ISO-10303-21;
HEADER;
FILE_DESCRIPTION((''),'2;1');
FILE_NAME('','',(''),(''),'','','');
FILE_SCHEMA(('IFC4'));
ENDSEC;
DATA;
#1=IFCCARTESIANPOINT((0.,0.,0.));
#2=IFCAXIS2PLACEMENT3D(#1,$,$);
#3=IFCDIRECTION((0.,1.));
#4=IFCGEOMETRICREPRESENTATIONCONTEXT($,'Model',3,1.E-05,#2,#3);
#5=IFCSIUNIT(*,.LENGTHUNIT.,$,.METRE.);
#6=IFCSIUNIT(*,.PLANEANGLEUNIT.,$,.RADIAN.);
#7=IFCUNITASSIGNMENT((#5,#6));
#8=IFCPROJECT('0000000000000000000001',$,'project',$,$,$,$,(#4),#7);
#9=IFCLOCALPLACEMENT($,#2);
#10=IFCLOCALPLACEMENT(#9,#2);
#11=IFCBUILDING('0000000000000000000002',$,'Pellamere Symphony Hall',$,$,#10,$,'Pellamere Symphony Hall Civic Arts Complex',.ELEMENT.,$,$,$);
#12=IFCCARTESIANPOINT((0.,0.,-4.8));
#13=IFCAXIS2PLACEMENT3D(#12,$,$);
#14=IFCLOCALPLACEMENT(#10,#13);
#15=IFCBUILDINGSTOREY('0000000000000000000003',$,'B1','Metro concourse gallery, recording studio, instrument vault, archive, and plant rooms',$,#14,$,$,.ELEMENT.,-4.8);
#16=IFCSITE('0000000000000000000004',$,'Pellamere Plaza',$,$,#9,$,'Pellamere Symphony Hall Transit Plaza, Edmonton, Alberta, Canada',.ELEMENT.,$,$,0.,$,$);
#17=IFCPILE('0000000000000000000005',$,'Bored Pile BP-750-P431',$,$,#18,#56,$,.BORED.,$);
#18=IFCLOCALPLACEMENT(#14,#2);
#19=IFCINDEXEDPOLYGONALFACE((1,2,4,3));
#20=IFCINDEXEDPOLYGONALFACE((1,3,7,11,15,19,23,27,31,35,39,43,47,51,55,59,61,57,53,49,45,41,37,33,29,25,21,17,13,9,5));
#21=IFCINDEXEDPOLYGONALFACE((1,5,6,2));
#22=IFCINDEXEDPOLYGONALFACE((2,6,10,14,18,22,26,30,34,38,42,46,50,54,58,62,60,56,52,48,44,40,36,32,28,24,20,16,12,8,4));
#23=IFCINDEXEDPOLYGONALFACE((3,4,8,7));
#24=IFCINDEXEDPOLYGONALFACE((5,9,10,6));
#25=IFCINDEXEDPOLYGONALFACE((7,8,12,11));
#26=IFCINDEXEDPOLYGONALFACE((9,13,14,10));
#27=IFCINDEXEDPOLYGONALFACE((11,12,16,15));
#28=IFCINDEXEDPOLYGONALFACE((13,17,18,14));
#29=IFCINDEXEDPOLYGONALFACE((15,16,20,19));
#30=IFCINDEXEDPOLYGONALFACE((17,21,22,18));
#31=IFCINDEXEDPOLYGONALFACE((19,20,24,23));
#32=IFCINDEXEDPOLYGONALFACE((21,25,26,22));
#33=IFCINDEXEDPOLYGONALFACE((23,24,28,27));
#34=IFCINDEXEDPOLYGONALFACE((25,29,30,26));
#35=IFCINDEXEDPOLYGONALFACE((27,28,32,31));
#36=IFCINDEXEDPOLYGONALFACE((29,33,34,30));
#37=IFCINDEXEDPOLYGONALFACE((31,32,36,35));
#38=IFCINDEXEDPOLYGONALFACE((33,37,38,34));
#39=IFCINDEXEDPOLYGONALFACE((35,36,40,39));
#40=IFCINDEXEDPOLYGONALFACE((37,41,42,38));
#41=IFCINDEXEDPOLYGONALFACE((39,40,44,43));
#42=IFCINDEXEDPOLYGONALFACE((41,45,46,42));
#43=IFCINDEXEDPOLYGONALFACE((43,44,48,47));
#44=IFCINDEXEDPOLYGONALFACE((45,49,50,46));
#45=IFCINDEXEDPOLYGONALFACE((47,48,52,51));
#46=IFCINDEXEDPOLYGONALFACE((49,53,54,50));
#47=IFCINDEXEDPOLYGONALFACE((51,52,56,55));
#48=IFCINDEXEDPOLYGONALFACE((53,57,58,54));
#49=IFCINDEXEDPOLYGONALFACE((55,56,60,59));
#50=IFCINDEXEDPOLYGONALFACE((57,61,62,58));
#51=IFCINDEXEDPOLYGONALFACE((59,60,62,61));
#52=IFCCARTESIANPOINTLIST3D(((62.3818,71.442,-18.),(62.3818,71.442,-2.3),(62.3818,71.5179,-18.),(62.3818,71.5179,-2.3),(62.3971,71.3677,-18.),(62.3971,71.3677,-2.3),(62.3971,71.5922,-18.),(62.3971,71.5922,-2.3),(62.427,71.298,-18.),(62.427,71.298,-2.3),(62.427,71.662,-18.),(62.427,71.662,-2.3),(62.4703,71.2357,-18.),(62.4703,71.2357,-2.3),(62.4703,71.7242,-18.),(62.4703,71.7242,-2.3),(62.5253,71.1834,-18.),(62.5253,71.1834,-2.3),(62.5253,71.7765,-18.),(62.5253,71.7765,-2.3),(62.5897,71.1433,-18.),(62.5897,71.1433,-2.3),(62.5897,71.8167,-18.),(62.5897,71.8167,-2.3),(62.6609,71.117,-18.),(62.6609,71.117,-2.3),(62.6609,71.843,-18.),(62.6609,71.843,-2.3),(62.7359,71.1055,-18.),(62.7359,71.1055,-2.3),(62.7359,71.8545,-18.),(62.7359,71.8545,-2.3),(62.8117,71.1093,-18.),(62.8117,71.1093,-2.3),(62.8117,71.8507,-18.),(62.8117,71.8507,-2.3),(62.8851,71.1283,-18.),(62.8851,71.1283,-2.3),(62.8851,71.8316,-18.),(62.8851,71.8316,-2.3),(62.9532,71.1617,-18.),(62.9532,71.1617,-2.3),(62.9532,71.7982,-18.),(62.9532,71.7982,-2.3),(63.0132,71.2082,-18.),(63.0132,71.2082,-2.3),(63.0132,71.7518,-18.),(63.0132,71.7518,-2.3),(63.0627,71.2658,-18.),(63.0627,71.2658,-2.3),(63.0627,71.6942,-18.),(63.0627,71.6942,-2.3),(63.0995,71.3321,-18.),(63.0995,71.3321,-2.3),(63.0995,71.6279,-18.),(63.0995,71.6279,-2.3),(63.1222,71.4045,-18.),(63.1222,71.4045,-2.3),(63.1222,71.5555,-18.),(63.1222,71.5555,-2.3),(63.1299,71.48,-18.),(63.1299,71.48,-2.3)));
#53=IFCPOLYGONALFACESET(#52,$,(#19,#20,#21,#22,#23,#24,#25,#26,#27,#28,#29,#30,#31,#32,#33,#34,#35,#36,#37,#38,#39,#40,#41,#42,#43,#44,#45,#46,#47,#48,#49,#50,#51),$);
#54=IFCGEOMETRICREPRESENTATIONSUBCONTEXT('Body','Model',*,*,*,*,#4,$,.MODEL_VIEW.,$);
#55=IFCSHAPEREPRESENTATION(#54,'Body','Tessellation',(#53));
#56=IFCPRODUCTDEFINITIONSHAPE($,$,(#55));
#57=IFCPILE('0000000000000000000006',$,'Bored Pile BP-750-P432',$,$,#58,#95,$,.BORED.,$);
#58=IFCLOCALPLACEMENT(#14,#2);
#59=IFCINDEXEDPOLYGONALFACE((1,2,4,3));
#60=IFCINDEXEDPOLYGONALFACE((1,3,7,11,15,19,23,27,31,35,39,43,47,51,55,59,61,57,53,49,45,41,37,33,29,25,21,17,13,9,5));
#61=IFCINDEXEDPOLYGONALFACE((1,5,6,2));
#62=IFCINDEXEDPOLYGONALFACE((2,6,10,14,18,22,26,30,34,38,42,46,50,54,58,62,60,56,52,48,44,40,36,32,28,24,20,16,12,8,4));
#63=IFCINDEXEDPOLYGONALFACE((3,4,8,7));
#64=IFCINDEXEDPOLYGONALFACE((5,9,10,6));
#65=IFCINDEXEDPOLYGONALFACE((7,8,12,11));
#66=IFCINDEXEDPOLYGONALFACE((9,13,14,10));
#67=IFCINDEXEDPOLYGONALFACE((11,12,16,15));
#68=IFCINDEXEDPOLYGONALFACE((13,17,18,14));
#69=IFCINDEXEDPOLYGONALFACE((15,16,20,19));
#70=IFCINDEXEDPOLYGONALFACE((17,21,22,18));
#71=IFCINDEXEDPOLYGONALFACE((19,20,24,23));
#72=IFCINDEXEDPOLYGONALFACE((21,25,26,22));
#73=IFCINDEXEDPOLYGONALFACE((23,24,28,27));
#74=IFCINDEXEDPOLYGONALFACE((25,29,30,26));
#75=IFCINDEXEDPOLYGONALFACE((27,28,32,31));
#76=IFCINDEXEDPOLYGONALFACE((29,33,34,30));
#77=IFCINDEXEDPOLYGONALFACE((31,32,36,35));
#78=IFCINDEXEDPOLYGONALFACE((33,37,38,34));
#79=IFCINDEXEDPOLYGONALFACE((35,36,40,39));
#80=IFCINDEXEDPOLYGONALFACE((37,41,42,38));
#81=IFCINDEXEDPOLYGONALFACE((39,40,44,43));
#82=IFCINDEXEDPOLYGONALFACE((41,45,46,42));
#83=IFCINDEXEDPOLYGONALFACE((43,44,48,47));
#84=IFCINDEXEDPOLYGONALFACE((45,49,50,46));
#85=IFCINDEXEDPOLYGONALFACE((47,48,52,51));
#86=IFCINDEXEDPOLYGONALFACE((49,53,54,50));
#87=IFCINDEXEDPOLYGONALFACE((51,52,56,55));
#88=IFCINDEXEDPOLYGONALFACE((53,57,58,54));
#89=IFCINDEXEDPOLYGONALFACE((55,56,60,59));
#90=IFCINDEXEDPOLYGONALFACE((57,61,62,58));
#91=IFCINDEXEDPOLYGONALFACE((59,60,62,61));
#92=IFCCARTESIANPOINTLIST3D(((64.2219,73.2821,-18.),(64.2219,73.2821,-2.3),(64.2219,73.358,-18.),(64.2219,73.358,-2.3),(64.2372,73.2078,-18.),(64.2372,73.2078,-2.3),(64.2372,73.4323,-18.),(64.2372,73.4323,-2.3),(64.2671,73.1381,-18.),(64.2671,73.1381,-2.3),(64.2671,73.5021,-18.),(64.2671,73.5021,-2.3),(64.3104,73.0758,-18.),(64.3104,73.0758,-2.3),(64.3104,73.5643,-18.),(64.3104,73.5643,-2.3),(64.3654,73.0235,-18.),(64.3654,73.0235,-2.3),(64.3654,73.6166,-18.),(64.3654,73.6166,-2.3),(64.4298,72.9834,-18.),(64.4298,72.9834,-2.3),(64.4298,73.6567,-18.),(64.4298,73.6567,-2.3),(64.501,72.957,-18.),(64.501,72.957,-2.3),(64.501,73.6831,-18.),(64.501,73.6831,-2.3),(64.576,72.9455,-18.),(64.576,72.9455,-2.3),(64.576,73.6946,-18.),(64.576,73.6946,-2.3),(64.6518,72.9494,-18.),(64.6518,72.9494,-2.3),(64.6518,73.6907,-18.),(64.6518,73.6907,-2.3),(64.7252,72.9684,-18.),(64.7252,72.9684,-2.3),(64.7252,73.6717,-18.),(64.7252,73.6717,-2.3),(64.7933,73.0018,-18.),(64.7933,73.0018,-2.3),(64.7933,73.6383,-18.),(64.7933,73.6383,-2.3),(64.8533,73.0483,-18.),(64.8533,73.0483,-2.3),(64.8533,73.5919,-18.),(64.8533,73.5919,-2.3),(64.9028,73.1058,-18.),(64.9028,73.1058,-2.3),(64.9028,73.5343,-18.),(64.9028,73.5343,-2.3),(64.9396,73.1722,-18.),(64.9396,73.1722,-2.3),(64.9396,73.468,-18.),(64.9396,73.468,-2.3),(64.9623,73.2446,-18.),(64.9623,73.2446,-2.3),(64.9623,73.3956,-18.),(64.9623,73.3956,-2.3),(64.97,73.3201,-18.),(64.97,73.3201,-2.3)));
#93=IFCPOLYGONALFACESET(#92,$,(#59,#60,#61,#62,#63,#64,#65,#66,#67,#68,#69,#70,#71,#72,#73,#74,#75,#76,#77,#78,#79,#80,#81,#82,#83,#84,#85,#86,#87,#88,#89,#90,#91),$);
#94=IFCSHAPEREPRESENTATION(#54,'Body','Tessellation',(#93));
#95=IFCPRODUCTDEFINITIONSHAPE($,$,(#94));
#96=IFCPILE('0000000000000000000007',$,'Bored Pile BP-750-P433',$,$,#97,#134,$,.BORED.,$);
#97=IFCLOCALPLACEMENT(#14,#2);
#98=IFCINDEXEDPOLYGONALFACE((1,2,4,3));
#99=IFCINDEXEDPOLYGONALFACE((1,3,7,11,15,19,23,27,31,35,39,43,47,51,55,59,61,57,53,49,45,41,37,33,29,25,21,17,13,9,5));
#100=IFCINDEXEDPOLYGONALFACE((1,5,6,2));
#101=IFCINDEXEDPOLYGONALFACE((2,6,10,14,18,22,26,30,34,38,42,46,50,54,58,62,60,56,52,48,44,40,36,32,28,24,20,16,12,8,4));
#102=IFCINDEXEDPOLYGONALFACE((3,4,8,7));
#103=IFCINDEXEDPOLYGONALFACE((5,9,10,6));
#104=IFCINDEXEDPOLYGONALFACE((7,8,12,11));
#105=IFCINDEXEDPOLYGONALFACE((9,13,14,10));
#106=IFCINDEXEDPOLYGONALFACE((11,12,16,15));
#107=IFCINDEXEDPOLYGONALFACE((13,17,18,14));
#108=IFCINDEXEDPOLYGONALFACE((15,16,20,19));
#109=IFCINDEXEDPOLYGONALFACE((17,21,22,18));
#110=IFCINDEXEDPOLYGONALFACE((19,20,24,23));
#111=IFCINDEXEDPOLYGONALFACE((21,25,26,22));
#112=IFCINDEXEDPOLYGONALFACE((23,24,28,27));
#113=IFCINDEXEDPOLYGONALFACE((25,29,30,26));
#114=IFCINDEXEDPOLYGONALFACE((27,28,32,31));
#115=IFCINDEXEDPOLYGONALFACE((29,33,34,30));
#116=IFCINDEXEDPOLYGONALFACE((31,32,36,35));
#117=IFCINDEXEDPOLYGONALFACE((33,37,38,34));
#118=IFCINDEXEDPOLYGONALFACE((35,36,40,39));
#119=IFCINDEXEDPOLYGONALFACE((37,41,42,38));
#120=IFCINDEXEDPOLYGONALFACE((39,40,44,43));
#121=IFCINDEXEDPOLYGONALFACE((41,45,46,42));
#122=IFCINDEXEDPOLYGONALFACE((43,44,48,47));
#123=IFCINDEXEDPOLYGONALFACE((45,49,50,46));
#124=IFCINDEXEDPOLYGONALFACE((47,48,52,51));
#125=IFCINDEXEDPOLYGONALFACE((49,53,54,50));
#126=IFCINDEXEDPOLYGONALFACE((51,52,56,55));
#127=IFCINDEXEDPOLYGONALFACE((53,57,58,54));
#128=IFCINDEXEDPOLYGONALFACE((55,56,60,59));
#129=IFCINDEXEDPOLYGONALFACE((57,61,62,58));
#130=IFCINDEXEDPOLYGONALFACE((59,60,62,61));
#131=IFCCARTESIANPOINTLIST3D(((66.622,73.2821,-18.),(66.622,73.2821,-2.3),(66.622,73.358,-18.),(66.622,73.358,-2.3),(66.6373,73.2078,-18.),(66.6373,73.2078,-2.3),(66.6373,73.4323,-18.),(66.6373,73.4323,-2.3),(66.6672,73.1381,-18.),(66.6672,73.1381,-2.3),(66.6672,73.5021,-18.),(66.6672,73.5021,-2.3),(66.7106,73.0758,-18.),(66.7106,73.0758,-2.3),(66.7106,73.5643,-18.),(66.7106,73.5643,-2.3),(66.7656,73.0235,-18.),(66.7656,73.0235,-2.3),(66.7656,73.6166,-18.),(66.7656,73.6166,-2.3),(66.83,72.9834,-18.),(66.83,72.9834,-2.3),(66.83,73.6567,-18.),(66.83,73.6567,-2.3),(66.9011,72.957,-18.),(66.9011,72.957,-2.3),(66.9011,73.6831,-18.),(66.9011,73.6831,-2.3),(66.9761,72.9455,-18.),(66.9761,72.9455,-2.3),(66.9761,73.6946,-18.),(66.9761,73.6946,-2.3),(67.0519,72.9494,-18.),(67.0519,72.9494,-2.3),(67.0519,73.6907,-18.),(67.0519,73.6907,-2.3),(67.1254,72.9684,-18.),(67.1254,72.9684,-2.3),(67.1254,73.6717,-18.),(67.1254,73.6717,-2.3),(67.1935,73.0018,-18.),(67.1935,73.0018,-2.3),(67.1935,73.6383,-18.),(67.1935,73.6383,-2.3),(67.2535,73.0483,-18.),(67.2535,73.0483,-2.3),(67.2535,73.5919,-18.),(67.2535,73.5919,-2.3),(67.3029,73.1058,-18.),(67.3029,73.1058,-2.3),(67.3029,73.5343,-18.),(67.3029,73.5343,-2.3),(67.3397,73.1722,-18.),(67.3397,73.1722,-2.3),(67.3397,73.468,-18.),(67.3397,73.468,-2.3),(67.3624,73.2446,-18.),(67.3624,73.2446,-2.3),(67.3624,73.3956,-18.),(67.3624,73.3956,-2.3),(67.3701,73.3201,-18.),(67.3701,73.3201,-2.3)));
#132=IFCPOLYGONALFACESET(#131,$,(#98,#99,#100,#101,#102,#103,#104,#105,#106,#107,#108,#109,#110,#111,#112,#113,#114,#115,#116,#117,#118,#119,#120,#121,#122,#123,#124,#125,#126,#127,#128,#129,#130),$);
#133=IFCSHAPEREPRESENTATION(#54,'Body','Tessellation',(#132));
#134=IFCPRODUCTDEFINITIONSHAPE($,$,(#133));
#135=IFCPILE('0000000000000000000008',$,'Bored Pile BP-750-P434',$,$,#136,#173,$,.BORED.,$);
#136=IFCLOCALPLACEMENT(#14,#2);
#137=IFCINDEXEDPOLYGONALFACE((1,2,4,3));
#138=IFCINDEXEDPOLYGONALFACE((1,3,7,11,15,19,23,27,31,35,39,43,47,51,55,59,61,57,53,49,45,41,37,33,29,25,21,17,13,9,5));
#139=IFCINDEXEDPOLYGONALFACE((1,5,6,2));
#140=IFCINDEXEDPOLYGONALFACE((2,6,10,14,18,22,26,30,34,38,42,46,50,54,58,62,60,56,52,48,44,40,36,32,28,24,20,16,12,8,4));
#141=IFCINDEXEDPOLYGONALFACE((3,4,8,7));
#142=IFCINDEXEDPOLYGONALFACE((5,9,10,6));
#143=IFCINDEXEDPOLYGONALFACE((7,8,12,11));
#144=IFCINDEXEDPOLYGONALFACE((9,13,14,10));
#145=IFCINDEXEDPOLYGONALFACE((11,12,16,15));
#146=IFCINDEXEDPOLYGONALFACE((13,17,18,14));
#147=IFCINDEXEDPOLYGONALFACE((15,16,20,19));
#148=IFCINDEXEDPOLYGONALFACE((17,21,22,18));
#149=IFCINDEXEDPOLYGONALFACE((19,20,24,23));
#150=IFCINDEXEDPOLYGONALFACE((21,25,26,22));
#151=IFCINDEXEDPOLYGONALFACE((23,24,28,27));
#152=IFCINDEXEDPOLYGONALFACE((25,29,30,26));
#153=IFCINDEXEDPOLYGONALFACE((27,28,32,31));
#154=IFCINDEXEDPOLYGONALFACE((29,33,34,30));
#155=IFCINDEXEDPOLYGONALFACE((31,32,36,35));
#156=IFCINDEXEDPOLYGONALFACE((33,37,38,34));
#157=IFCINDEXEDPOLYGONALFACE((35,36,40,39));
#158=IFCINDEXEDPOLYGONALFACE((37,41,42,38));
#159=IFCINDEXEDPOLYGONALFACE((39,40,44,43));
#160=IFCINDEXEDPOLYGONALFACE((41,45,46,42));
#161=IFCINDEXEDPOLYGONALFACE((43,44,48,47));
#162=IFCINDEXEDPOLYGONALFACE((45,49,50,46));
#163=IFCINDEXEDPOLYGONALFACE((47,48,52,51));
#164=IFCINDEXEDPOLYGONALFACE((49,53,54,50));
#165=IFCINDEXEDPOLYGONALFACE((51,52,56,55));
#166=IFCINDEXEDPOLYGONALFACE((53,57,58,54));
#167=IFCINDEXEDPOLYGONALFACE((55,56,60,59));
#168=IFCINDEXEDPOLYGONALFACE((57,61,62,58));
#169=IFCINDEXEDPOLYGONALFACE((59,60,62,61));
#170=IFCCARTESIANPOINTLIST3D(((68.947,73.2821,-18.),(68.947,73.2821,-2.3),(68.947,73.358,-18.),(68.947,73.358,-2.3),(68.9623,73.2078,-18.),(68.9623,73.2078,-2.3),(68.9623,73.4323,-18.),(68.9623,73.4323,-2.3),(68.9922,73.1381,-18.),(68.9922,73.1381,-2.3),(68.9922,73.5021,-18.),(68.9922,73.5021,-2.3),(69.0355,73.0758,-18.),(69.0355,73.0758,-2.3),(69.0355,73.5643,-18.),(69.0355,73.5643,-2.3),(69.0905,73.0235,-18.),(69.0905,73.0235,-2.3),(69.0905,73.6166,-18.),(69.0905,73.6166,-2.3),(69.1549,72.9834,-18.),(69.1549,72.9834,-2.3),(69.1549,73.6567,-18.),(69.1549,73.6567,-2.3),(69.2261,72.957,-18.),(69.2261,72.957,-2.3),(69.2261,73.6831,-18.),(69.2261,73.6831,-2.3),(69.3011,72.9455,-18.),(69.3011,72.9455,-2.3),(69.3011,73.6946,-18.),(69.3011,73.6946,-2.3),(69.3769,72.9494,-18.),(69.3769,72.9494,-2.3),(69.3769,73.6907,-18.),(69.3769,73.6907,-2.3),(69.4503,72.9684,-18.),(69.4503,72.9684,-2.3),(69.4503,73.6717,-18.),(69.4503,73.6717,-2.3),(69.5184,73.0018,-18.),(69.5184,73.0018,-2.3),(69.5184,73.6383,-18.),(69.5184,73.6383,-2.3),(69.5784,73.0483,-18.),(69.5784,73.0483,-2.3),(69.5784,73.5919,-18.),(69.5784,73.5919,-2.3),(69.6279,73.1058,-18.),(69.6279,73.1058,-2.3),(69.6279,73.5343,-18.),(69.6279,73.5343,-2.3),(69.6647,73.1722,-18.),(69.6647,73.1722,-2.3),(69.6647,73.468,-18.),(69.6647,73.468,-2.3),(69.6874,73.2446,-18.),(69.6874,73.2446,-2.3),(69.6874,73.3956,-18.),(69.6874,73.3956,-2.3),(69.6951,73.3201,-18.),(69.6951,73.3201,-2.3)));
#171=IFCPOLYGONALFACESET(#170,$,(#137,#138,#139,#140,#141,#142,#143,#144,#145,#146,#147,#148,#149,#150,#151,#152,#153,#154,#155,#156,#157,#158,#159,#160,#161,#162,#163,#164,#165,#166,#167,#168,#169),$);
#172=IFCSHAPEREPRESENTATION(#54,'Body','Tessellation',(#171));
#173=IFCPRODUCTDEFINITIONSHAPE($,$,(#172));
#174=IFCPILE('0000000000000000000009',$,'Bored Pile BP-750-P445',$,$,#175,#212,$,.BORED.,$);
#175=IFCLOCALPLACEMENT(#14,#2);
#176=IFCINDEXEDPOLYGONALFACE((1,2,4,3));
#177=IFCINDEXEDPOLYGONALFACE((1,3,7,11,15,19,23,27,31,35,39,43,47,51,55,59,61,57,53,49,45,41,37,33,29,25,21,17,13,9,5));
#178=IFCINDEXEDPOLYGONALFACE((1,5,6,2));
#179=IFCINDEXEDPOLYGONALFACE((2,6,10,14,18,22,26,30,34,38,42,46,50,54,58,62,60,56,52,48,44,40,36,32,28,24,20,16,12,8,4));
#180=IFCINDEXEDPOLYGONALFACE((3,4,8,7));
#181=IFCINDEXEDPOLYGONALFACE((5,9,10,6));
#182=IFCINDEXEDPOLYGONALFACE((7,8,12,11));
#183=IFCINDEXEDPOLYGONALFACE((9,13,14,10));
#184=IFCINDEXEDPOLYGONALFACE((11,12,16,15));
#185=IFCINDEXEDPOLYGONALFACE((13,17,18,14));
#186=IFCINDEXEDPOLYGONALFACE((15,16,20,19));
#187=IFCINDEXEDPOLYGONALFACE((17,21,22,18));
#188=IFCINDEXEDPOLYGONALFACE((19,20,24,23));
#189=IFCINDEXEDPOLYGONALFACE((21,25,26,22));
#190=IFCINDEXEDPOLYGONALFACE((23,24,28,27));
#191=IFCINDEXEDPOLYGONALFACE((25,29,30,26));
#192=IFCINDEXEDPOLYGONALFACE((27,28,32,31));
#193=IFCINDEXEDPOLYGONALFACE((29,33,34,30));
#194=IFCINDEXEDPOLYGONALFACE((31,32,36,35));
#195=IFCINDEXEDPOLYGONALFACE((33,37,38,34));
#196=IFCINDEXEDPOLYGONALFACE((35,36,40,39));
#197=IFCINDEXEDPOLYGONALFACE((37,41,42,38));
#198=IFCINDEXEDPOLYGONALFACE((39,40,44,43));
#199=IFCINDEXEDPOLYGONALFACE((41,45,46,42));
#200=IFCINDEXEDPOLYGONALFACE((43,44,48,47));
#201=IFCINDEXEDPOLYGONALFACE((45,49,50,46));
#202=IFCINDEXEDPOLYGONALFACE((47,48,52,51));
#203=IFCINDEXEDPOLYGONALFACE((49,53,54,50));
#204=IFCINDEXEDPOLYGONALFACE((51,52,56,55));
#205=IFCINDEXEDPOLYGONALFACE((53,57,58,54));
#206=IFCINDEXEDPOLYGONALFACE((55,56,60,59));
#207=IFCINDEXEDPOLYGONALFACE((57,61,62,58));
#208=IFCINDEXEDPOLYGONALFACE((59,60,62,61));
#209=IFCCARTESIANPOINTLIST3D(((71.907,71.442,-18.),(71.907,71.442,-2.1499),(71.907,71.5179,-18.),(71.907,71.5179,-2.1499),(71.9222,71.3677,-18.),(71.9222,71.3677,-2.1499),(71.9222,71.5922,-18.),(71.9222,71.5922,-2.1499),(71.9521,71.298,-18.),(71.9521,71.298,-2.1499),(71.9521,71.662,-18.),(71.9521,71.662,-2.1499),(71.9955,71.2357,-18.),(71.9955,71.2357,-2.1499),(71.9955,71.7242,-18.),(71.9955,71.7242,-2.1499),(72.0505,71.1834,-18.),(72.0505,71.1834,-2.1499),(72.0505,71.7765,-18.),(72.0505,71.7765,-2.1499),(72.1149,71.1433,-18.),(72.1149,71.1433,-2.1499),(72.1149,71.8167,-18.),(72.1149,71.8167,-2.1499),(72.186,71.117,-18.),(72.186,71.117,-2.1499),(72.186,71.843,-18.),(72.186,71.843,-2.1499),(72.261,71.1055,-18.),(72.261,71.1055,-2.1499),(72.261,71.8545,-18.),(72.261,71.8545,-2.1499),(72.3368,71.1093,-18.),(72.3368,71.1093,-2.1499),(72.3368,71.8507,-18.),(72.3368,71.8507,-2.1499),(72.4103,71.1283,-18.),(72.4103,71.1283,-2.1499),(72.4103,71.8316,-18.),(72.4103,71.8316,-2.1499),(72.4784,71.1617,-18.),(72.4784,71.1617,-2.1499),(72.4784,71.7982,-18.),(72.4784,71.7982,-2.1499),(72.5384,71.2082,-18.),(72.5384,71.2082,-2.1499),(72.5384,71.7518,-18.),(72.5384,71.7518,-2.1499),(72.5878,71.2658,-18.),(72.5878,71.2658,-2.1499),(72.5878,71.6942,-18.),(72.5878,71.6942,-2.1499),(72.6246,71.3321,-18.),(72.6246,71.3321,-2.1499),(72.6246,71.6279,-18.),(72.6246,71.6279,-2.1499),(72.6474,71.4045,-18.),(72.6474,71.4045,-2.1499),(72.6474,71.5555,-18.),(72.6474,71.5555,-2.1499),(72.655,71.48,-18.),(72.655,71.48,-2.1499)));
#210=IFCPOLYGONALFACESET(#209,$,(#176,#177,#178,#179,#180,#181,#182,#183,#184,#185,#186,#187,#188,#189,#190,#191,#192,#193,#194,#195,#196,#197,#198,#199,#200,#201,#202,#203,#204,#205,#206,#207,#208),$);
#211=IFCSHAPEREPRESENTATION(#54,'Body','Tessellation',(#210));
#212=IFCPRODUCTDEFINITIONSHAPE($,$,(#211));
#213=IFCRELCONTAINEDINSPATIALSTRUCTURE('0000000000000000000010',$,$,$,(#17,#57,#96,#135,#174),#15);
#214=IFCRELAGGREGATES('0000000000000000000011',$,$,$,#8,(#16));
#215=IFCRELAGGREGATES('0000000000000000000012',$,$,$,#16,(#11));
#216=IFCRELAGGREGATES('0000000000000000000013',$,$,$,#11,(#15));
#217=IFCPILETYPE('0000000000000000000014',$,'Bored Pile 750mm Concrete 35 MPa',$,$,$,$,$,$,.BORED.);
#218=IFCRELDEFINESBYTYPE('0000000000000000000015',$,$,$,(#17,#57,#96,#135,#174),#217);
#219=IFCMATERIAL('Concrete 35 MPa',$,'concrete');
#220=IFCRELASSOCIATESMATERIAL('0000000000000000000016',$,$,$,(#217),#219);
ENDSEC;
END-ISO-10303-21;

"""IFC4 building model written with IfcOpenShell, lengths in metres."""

from ifc_helpers import new_model, si_unit, direction, frame, origin, origin_2d, place, context, subcontext, project, spatial, circle, extrude, material, material_profile, profile_set, type_object, element, save


model = new_model("IFC4")

# Units and contexts
model_context = context("Model", 3, precision=1e-05, world=origin(), true_north=direction((0.0, 1.0)))
body_context = subcontext(model_context, "Body", "Model", "MODEL_VIEW")
ifc_project = project(units=[si_unit("LENGTHUNIT", "METRE"), si_unit("PLANEANGLEUNIT", "RADIAN")], contexts=[model_context])

# Site, building, storey
site_placement = place(None, origin())
site = spatial("IfcSite", under=ifc_project, at=site_placement, Name="Pellamere Plaza", LongName="Pellamere Symphony Hall Transit Plaza, Edmonton, Alberta, Canada", CompositionType="ELEMENT", RefElevation=0.0)
building_placement = place(site_placement, origin())
building = spatial("IfcBuilding", under=site, at=building_placement, Name="Pellamere Symphony Hall", LongName="Pellamere Symphony Hall Civic Arts Complex", CompositionType="ELEMENT")
storey_placement = place(building_placement, frame((0.0, 0.0, -4.8)))
storey = spatial("IfcBuildingStorey", under=building, at=storey_placement, Name="B1", Description="Metro concourse gallery, recording studio, instrument vault, archive, and plant rooms", CompositionType="ELEMENT", Elevation=-4.8)

# Piles
ifc_material_1 = material(Name="Concrete 35 MPa", Category="concrete")
ifc_material_profile_1 = material_profile(ifc_material_1, circle(Radius=0.375, at=origin_2d()), Name="PILE D750")
ifc_profile_set_1 = profile_set([ifc_material_profile_1], Name="Concrete 35 MPa")
pile_type = type_object("IfcPileType", Name="Bored Pile 750mm Concrete 35 MPa", PredefinedType="BORED", material=ifc_profile_set_1)
for number, where, z_axis, x_axis, name in (
    (1, (62.7549, 71.48, -2.3), (0.0, 0.0, -1.0), (1.0, 0.0, 0.0), "Bored Pile BP-750-P431"),
    (2, (64.595, 73.3201, -2.3), (0.0, 0.0, -1.0), (1.0, 0.0, 0.0), "Bored Pile BP-750-P432"),
    (3, (66.9951, 73.3201, -2.3), (0.0, 0.0, -1.0), (1.0, 0.0, 0.0), "Bored Pile BP-750-P433"),
    (4, (69.3201, 73.3201, -2.3), (0.0, 0.0, -1.0), (1.0, 0.0, 0.0), "Bored Pile BP-750-P434"),
):
    element("IfcPile", number, at=place(storey_placement, frame(where, z_axis=z_axis, x_axis=x_axis)), inside=storey, type_object=pile_type, Name=name, PredefinedType="BORED", context=body_context, shape_type="SweptSolid", body=[
        extrude(circle(Radius=0.375, at=origin_2d()), origin(), (0.0, 0.0, 1.0), 15.7),
    ])
for number, where, z_axis, x_axis, name in (
    (5, (72.28, 71.48, -2.1499), (0.0, 0.0, -1.0), (1.0, 0.0, 0.0), "Bored Pile BP-750-P445"),
):
    element("IfcPile", number, at=place(storey_placement, frame(where, z_axis=z_axis, x_axis=x_axis)), inside=storey, type_object=pile_type, Name=name, PredefinedType="BORED", context=body_context, shape_type="SweptSolid", body=[
        extrude(circle(Radius=0.375, at=origin_2d()), origin(), (0.0, 0.0, 1.0), 15.8501),
    ])

save(model, "model.ifc")
